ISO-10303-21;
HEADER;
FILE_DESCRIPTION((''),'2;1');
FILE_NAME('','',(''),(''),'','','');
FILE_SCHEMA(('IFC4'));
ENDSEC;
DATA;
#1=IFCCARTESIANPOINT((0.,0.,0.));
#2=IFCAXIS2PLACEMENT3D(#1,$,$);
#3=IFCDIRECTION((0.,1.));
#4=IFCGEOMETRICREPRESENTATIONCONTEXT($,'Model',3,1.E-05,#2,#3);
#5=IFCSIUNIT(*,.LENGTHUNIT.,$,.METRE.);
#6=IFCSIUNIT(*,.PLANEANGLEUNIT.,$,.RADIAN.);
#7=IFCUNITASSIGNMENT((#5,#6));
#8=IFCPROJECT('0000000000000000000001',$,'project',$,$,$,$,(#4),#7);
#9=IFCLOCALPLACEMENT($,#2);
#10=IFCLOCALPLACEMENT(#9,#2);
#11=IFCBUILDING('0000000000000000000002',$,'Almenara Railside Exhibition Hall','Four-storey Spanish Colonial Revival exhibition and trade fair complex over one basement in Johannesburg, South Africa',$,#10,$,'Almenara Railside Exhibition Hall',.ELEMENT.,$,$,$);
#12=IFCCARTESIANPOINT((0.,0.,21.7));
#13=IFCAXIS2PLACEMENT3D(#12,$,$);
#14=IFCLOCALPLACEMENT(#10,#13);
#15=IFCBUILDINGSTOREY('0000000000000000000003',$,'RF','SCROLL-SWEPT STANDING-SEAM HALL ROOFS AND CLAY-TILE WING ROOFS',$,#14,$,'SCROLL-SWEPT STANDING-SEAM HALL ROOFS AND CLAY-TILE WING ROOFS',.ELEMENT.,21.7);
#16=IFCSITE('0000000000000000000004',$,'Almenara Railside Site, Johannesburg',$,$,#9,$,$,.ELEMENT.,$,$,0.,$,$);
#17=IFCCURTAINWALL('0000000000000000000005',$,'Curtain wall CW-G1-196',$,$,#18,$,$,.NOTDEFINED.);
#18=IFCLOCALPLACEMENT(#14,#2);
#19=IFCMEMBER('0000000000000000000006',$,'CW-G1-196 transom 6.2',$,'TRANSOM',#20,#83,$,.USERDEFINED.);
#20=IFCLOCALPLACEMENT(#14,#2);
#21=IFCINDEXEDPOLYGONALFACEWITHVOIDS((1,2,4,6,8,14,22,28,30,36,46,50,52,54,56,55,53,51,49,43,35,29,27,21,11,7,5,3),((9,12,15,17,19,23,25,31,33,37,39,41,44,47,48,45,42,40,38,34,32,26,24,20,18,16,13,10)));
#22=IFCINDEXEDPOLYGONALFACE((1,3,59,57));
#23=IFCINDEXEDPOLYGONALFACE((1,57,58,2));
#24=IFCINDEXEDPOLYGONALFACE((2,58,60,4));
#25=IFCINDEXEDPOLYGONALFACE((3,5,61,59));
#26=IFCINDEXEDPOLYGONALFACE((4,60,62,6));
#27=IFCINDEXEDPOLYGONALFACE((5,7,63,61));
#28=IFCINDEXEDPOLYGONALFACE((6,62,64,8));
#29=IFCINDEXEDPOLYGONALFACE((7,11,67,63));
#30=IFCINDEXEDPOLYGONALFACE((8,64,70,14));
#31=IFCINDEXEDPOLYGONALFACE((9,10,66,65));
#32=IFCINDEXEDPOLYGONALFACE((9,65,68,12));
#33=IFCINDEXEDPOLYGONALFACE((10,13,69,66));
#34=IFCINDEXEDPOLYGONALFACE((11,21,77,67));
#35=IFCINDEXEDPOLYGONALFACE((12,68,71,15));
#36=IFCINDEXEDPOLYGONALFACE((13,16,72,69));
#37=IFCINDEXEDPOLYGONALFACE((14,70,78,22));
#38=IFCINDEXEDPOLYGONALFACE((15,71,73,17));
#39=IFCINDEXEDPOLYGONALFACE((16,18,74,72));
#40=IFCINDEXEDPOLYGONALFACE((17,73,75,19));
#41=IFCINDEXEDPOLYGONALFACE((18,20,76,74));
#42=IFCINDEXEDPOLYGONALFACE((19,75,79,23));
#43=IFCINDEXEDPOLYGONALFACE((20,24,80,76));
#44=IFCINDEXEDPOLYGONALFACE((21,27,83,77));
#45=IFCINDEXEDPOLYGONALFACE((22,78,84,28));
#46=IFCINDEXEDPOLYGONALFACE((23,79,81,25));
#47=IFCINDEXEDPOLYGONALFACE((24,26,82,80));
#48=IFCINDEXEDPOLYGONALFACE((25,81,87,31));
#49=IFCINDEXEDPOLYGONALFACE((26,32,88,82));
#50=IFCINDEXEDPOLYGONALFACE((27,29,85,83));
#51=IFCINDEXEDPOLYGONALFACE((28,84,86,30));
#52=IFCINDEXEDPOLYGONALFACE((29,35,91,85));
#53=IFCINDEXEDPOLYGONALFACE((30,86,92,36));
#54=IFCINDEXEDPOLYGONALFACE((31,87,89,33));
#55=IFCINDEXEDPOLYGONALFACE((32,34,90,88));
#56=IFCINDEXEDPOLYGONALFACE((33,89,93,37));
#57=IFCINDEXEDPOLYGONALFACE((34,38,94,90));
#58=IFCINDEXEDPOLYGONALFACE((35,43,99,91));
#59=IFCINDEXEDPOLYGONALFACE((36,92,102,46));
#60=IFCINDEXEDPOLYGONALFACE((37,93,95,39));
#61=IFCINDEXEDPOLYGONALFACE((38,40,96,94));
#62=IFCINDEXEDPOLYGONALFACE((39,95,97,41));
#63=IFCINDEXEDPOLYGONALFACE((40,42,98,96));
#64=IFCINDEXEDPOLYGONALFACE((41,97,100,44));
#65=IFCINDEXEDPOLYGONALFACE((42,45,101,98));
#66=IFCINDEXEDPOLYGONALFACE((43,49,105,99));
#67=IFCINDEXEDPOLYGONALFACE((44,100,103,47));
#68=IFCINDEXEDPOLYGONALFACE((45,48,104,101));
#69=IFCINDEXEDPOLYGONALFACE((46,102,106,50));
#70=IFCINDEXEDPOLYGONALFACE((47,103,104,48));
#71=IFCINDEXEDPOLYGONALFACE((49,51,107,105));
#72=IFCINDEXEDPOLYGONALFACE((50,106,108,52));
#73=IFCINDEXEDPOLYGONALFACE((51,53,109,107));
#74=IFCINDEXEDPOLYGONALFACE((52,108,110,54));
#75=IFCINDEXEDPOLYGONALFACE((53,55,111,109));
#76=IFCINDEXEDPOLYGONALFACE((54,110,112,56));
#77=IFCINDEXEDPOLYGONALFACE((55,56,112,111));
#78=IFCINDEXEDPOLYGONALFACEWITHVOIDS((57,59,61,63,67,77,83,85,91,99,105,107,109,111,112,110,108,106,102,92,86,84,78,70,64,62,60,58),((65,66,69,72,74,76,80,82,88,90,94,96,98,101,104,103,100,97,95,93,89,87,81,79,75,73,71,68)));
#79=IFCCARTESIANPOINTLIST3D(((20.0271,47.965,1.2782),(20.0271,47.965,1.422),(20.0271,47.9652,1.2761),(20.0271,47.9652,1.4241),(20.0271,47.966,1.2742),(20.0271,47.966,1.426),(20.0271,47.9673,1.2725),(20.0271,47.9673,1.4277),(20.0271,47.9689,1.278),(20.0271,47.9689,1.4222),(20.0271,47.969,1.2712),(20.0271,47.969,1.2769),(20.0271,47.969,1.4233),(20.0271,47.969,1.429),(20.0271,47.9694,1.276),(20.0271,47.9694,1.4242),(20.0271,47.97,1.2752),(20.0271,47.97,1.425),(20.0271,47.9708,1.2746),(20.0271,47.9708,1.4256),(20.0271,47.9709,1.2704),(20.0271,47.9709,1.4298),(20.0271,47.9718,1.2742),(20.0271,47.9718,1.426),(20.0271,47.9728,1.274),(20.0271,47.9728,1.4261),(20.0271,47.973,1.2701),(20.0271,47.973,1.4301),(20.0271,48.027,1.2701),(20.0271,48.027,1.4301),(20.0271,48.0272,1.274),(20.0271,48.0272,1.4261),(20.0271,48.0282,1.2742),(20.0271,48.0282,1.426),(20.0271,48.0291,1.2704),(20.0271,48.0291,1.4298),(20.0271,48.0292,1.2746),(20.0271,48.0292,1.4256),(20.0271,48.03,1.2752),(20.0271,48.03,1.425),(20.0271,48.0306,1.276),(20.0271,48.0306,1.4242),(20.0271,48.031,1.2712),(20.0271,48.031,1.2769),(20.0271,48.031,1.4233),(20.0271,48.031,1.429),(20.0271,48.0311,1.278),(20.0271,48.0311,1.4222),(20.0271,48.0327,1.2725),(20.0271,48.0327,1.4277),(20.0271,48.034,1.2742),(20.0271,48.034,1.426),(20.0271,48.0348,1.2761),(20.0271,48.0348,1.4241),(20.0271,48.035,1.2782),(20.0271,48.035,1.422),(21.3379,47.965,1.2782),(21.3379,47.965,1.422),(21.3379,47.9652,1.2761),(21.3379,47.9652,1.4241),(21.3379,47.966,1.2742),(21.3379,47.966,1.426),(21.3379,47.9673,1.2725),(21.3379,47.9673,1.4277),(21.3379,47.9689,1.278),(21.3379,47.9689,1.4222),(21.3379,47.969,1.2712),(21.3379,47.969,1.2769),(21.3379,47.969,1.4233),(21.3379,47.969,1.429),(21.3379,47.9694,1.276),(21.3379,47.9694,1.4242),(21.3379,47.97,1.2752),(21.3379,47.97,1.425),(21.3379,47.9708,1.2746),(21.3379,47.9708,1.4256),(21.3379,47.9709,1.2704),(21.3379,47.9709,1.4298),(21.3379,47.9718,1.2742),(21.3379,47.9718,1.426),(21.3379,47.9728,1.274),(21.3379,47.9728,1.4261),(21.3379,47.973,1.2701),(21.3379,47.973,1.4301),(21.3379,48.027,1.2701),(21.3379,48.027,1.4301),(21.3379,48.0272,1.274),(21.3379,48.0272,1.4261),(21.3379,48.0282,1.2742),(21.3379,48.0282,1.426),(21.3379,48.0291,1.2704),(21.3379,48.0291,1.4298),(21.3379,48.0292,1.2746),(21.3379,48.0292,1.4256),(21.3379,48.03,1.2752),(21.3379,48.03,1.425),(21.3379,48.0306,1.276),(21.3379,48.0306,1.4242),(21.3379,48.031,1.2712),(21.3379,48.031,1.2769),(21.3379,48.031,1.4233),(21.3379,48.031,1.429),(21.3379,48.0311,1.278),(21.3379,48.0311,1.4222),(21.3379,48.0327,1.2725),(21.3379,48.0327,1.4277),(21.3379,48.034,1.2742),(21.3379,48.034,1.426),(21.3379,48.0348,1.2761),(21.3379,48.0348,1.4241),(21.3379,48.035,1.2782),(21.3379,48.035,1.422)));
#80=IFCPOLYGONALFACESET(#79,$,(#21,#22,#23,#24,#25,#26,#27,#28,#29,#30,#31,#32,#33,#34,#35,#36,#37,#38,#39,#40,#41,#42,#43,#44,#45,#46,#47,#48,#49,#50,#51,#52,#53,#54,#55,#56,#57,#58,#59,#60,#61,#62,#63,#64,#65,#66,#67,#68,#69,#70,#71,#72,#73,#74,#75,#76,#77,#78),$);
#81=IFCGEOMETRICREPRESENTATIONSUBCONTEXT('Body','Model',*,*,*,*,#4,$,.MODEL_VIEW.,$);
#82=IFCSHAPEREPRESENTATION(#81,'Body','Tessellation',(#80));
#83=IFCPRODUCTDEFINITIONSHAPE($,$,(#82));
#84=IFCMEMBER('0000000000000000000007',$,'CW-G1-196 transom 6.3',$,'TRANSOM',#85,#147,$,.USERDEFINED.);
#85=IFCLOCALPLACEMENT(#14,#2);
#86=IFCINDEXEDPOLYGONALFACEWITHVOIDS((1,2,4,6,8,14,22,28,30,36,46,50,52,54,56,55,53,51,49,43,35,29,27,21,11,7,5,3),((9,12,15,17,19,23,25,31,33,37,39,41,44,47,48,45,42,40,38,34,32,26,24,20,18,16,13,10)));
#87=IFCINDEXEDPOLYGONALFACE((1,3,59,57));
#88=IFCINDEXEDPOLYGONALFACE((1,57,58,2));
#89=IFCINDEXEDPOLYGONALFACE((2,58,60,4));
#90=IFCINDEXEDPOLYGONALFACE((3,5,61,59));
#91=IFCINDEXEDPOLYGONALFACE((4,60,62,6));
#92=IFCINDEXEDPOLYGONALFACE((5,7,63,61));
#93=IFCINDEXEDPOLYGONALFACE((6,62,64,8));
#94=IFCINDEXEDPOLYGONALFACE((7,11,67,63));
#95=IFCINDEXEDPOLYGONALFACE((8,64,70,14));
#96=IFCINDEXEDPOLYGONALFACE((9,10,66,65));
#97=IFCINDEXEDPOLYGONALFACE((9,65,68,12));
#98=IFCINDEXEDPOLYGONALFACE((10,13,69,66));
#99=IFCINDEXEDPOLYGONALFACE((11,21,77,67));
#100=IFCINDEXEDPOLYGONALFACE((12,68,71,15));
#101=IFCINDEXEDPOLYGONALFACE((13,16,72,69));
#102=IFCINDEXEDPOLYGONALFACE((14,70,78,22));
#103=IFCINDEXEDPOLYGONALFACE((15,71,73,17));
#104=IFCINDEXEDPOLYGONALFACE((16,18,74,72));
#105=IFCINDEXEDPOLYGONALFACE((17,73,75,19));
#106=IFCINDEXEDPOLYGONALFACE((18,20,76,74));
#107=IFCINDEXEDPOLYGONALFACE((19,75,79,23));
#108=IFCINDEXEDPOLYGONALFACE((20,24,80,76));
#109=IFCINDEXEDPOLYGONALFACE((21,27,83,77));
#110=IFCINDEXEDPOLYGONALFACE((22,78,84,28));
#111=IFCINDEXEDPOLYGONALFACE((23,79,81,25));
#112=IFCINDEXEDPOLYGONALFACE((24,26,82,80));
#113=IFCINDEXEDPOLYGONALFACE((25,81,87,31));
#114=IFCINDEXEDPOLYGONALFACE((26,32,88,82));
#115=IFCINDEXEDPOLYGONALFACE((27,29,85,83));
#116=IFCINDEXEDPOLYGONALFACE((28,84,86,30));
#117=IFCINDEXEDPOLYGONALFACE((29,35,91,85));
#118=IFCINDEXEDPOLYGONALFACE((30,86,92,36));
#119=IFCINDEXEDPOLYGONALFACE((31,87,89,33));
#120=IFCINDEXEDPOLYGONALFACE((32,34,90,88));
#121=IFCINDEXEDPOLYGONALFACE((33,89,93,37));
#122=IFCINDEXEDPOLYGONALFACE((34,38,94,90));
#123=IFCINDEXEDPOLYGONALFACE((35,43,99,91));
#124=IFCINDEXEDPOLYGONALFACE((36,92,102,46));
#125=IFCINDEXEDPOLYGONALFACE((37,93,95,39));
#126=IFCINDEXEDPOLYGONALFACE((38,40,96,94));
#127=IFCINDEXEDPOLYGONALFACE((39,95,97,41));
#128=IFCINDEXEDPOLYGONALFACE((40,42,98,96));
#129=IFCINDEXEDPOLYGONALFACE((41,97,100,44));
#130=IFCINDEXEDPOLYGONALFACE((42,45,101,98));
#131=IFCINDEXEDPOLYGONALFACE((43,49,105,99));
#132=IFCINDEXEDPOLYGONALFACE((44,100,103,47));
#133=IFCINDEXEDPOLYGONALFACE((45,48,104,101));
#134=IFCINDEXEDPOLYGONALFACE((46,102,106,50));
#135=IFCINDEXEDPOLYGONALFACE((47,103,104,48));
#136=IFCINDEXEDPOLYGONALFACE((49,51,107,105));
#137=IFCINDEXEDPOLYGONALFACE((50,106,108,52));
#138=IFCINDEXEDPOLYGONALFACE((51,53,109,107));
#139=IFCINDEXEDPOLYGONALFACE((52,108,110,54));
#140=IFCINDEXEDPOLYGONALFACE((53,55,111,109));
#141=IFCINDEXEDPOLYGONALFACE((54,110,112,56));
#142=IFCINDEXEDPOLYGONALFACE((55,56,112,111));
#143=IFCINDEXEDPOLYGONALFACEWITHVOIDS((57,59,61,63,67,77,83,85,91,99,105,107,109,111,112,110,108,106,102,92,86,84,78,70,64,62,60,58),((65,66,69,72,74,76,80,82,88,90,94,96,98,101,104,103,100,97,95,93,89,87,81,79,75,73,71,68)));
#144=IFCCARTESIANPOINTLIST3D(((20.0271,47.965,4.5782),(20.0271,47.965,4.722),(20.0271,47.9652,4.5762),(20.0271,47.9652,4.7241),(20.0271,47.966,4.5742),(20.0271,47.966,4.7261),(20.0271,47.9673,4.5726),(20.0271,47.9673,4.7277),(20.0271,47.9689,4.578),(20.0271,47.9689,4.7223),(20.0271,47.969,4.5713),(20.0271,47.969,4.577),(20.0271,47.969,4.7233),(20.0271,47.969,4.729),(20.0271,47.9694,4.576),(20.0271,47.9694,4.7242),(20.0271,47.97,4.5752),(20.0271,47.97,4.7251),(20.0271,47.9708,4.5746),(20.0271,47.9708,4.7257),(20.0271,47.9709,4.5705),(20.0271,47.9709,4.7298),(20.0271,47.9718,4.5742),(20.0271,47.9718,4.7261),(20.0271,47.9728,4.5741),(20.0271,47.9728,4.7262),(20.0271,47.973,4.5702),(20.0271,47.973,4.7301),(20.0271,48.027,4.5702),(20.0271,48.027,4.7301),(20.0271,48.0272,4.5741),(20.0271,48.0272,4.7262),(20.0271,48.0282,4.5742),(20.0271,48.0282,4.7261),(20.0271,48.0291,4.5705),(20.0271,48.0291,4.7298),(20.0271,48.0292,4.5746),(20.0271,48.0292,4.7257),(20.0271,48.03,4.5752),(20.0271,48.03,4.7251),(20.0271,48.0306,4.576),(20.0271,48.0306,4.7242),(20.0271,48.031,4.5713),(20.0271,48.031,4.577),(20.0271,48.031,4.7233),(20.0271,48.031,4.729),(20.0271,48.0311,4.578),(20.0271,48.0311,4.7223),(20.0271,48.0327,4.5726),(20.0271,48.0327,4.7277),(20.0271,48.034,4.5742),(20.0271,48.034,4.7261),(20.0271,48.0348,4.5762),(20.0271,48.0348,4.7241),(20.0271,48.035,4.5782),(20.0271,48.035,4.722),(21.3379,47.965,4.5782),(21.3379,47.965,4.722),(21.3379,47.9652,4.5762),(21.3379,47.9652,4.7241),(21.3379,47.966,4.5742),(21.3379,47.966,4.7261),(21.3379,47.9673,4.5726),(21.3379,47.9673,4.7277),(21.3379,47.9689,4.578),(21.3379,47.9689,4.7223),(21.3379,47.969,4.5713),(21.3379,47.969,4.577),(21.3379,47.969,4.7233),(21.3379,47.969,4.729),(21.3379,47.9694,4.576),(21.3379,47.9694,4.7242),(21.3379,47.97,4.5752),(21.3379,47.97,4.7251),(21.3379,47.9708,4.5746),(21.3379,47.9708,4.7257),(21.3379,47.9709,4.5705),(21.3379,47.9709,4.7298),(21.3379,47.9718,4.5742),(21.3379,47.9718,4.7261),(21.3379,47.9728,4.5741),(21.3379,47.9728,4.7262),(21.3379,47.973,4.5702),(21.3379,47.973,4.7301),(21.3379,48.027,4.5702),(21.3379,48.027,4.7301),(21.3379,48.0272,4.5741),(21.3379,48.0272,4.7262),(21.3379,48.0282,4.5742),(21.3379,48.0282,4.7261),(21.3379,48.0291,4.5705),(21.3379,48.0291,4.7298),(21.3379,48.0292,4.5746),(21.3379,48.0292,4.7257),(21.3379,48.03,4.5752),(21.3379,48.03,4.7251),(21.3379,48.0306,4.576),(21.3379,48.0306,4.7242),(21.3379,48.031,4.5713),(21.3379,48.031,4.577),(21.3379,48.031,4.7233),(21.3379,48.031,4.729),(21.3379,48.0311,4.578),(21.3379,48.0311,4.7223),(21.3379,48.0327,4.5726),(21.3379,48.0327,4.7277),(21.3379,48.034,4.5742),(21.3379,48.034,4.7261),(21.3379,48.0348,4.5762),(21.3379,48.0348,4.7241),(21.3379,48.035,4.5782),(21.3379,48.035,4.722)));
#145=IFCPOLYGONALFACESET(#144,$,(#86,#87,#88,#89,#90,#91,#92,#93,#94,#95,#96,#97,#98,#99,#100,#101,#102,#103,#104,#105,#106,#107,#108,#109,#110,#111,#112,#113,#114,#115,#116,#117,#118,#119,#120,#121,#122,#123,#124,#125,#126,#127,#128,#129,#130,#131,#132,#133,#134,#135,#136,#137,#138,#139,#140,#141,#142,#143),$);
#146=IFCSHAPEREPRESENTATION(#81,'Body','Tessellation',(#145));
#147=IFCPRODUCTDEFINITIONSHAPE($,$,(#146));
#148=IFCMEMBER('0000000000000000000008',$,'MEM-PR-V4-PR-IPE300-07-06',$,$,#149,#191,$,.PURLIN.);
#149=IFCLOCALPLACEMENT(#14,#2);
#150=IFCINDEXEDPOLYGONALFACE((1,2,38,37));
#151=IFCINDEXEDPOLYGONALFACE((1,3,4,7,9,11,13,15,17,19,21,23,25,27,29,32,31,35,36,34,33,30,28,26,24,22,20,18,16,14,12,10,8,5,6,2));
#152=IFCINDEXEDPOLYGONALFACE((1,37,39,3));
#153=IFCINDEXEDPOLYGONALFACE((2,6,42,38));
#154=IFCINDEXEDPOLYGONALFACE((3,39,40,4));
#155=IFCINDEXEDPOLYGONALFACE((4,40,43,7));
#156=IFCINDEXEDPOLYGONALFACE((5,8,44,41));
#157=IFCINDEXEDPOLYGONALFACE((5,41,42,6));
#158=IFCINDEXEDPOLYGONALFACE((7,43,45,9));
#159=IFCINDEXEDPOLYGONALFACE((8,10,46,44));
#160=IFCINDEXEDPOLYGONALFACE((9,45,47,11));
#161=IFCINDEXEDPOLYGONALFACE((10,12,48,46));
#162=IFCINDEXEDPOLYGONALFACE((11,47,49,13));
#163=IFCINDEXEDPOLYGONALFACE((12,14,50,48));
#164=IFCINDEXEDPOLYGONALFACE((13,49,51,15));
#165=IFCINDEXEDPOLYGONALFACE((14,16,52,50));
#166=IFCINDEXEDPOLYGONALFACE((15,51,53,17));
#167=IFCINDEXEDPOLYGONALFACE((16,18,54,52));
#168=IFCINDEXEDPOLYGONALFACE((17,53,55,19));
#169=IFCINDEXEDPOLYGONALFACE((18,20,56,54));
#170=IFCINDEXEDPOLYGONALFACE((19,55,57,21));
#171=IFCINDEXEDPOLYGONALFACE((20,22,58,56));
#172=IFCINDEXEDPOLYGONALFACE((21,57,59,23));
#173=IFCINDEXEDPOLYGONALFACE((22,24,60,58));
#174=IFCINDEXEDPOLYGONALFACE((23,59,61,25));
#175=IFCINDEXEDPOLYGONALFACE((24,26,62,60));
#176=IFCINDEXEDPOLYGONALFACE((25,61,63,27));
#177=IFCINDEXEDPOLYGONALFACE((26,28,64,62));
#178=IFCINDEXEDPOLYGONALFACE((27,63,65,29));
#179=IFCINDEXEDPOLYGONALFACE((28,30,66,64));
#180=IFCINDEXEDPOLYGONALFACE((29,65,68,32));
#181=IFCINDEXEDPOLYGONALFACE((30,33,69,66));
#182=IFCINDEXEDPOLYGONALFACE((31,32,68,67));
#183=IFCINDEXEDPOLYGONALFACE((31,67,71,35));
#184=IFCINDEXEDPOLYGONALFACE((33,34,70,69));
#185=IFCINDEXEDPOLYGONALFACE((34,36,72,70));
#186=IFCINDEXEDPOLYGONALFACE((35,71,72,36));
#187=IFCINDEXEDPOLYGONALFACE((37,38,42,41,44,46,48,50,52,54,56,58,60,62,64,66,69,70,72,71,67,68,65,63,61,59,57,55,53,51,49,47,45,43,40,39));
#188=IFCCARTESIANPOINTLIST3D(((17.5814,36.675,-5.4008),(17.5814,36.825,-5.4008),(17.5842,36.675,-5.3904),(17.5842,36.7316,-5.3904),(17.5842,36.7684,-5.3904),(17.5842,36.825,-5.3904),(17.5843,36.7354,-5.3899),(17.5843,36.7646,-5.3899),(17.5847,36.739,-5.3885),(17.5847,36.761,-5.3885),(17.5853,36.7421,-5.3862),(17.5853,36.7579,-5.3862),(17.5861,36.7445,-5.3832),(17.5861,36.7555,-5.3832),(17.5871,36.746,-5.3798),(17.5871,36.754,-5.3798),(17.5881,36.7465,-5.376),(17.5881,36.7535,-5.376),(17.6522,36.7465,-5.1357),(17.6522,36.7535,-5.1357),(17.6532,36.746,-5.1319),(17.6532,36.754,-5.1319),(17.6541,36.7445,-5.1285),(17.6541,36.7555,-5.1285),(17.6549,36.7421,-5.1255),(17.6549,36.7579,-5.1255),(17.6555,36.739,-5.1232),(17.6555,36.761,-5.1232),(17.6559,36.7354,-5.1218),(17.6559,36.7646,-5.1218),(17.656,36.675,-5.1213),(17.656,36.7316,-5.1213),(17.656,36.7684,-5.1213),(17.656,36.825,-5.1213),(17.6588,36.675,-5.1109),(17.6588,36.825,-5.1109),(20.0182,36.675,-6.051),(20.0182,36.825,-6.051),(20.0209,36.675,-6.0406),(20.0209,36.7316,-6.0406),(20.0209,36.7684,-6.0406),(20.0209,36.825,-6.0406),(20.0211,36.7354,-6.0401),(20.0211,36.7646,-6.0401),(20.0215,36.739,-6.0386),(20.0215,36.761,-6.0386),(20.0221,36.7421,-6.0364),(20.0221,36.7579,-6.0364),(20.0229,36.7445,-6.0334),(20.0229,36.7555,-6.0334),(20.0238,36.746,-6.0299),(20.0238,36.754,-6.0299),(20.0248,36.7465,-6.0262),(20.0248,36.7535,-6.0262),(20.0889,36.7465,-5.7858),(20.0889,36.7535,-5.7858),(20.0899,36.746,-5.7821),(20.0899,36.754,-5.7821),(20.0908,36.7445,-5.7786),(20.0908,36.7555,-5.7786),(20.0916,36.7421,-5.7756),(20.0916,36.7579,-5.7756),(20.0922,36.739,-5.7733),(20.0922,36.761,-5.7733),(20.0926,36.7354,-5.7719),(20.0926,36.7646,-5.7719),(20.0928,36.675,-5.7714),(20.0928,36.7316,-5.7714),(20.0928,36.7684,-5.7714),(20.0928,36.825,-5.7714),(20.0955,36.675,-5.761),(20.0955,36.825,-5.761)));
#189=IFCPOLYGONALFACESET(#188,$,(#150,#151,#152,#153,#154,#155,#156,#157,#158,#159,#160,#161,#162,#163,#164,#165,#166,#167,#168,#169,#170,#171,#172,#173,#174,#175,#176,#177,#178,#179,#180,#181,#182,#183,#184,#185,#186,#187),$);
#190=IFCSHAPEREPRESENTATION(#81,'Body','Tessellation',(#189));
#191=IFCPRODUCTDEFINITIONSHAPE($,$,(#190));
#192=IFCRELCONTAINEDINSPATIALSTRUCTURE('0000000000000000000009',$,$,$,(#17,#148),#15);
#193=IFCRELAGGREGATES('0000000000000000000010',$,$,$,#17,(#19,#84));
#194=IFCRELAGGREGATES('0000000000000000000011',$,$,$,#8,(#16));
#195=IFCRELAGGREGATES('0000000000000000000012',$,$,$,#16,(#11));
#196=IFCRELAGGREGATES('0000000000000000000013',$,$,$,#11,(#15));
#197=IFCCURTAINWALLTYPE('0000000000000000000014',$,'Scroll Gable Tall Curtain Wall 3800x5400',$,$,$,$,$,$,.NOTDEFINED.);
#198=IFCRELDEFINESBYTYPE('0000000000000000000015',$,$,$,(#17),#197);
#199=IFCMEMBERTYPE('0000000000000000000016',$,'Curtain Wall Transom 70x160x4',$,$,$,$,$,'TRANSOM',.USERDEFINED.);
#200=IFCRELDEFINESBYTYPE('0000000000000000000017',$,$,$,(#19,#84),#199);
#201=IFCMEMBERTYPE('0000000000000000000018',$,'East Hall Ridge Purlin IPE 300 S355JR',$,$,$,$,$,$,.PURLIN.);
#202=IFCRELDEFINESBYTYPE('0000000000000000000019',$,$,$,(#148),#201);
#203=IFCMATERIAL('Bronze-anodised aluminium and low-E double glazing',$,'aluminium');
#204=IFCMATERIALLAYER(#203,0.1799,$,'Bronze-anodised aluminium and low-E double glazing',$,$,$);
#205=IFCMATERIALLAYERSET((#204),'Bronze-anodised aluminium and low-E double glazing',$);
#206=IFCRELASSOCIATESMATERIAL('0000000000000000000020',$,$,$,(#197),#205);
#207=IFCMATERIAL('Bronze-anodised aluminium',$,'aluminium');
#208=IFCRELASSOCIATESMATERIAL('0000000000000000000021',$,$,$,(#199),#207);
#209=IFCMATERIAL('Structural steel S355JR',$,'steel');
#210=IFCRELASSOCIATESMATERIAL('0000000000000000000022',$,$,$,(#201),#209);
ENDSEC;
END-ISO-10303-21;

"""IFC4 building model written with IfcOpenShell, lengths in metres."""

from ifc_helpers import new_model, si_unit, direction, frame, origin, origin_2d, place, context, subcontext, project, spatial, hollow_rectangle, i_section, extrude, material, layer, layer_set, material_profile, profile_set, type_object, element, aggregate, save


model = new_model("IFC4")

# Units and contexts
model_context = context("Model", 3, precision=1e-05, world=origin(), true_north=direction((0.0, 1.0)))
body_context = subcontext(model_context, "Body", "Model", "MODEL_VIEW")
ifc_project = project(units=[si_unit("LENGTHUNIT", "METRE"), si_unit("PLANEANGLEUNIT", "RADIAN")], contexts=[model_context])

# Site, building, storey
site_placement = place(None, origin())
site = spatial("IfcSite", under=ifc_project, at=site_placement, Name="Almenara Railside Site, Johannesburg", CompositionType="ELEMENT", RefElevation=0.0)
building_placement = place(site_placement, origin())
building = spatial("IfcBuilding", under=site, at=building_placement, Name="Almenara Railside Exhibition Hall", Description="Four-storey Spanish Colonial Revival exhibition and trade fair complex over one basement in Johannesburg, South Africa", LongName="Almenara Railside Exhibition Hall", CompositionType="ELEMENT")
storey_placement = place(building_placement, frame((0.0, 0.0, 21.7)))
storey = spatial("IfcBuildingStorey", under=building, at=storey_placement, Name="RF", Description="SCROLL-SWEPT STANDING-SEAM HALL ROOFS AND CLAY-TILE WING ROOFS", LongName="SCROLL-SWEPT STANDING-SEAM HALL ROOFS AND CLAY-TILE WING ROOFS", CompositionType="ELEMENT", Elevation=21.7)

# Curtain wall, members
ifc_material_1 = material(Name="Bronze-anodised aluminium and low-E double glazing", Category="aluminium")
ifc_layer_1 = layer(ifc_material_1, 0.1799, Name="Bronze-anodised aluminium and low-E double glazing")
ifc_layer_set_1 = layer_set([ifc_layer_1], Name="Bronze-anodised aluminium and low-E double glazing")
curtain_wall_type = type_object("IfcCurtainWallType", Name="Scroll Gable Tall Curtain Wall 3800x5400", PredefinedType="NOTDEFINED", material=ifc_layer_set_1)
curtain_wall_placement = place(storey_placement, origin())
curtain_wall = element("IfcCurtainWall", 1, at=curtain_wall_placement, inside=storey, type_object=curtain_wall_type, Name="Curtain wall CW-G1-196", PredefinedType="NOTDEFINED")
ifc_material_2 = material(Name="Bronze-anodised aluminium", Category="aluminium")
ifc_material_profile_1 = material_profile(ifc_material_2, hollow_rectangle(XDim=0.0701, YDim=0.1599, WallThickness=0.0039, InnerFilletRadius=0.0039, OuterFilletRadius=0.0081, at=origin_2d()), Name="ALU-TRN 70x160x4")
ifc_profile_set_1 = profile_set([ifc_material_profile_1], Name="Bronze-anodised aluminium")
member_type_1 = type_object("IfcMemberType", Name="Curtain Wall Transom 70x160x4", ElementType="TRANSOM", PredefinedType="USERDEFINED", material=ifc_profile_set_1)
member_1_placement = place(storey_placement, frame((20.0271, 48.0, 1.3501), z_axis=(1.0, 0.0, 0.0), x_axis=(0.0, 1.0, 0.0)))
member_1 = element("IfcMember", 2, at=member_1_placement, type_object=member_type_1, Name="CW-G1-196 transom 6.2", ObjectType="TRANSOM", PredefinedType="USERDEFINED", context=body_context, shape_type="SweptSolid", body=[
    extrude(hollow_rectangle(XDim=0.0701, YDim=0.1599, WallThickness=0.0039, InnerFilletRadius=0.0039, OuterFilletRadius=0.0081, at=origin_2d()), origin(), (0.0, 0.0, 1.0), 1.3108),
])
member_2_placement = place(storey_placement, frame((20.0271, 48.0, 4.6501), z_axis=(1.0, 0.0, 0.0), x_axis=(0.0, 1.0, 0.0)))
member_2 = element("IfcMember", 3, at=member_2_placement, type_object=member_type_1, Name="CW-G1-196 transom 6.3", ObjectType="TRANSOM", PredefinedType="USERDEFINED", context=body_context, shape_type="SweptSolid", body=[
    extrude(hollow_rectangle(XDim=0.0701, YDim=0.1599, WallThickness=0.0039, InnerFilletRadius=0.0039, OuterFilletRadius=0.0081, at=origin_2d()), origin(), (0.0, 0.0, 1.0), 1.3108),
])

# Member
ifc_material_3 = material(Name="Structural steel S355JR", Category="steel")
ifc_material_profile_2 = material_profile(ifc_material_3, i_section(OverallWidth=0.1499, OverallDepth=0.3, WebThickness=0.0071, FlangeThickness=0.0107, FilletRadius=0.0149, at=origin_2d()), Name="IPE 300")
ifc_profile_set_2 = profile_set([ifc_material_profile_2], Name="Structural steel S355JR")
member_type_2 = type_object("IfcMemberType", Name="East Hall Ridge Purlin IPE 300 S355JR", PredefinedType="PURLIN", material=ifc_profile_set_2)
member_3_placement = place(storey_placement, frame((17.6201, 36.75, -5.2559), z_axis=(0.966201, 0.0, -0.257789), x_axis=(0.0, 1.0, 0.0)))
element("IfcMember", 4, at=member_3_placement, inside=storey, type_object=member_type_2, Name="MEM-PR-V4-PR-IPE300-07-06", PredefinedType="PURLIN", context=body_context, shape_type="SweptSolid", body=[
    extrude(i_section(OverallWidth=0.1499, OverallDepth=0.3, WebThickness=0.0071, FlangeThickness=0.0107, FilletRadius=0.0149, at=origin_2d()), origin(), (0.0, 0.0, 1.0), 2.522),
])

aggregate(curtain_wall, [member_1, member_2])

save(model, "model.ifc")
